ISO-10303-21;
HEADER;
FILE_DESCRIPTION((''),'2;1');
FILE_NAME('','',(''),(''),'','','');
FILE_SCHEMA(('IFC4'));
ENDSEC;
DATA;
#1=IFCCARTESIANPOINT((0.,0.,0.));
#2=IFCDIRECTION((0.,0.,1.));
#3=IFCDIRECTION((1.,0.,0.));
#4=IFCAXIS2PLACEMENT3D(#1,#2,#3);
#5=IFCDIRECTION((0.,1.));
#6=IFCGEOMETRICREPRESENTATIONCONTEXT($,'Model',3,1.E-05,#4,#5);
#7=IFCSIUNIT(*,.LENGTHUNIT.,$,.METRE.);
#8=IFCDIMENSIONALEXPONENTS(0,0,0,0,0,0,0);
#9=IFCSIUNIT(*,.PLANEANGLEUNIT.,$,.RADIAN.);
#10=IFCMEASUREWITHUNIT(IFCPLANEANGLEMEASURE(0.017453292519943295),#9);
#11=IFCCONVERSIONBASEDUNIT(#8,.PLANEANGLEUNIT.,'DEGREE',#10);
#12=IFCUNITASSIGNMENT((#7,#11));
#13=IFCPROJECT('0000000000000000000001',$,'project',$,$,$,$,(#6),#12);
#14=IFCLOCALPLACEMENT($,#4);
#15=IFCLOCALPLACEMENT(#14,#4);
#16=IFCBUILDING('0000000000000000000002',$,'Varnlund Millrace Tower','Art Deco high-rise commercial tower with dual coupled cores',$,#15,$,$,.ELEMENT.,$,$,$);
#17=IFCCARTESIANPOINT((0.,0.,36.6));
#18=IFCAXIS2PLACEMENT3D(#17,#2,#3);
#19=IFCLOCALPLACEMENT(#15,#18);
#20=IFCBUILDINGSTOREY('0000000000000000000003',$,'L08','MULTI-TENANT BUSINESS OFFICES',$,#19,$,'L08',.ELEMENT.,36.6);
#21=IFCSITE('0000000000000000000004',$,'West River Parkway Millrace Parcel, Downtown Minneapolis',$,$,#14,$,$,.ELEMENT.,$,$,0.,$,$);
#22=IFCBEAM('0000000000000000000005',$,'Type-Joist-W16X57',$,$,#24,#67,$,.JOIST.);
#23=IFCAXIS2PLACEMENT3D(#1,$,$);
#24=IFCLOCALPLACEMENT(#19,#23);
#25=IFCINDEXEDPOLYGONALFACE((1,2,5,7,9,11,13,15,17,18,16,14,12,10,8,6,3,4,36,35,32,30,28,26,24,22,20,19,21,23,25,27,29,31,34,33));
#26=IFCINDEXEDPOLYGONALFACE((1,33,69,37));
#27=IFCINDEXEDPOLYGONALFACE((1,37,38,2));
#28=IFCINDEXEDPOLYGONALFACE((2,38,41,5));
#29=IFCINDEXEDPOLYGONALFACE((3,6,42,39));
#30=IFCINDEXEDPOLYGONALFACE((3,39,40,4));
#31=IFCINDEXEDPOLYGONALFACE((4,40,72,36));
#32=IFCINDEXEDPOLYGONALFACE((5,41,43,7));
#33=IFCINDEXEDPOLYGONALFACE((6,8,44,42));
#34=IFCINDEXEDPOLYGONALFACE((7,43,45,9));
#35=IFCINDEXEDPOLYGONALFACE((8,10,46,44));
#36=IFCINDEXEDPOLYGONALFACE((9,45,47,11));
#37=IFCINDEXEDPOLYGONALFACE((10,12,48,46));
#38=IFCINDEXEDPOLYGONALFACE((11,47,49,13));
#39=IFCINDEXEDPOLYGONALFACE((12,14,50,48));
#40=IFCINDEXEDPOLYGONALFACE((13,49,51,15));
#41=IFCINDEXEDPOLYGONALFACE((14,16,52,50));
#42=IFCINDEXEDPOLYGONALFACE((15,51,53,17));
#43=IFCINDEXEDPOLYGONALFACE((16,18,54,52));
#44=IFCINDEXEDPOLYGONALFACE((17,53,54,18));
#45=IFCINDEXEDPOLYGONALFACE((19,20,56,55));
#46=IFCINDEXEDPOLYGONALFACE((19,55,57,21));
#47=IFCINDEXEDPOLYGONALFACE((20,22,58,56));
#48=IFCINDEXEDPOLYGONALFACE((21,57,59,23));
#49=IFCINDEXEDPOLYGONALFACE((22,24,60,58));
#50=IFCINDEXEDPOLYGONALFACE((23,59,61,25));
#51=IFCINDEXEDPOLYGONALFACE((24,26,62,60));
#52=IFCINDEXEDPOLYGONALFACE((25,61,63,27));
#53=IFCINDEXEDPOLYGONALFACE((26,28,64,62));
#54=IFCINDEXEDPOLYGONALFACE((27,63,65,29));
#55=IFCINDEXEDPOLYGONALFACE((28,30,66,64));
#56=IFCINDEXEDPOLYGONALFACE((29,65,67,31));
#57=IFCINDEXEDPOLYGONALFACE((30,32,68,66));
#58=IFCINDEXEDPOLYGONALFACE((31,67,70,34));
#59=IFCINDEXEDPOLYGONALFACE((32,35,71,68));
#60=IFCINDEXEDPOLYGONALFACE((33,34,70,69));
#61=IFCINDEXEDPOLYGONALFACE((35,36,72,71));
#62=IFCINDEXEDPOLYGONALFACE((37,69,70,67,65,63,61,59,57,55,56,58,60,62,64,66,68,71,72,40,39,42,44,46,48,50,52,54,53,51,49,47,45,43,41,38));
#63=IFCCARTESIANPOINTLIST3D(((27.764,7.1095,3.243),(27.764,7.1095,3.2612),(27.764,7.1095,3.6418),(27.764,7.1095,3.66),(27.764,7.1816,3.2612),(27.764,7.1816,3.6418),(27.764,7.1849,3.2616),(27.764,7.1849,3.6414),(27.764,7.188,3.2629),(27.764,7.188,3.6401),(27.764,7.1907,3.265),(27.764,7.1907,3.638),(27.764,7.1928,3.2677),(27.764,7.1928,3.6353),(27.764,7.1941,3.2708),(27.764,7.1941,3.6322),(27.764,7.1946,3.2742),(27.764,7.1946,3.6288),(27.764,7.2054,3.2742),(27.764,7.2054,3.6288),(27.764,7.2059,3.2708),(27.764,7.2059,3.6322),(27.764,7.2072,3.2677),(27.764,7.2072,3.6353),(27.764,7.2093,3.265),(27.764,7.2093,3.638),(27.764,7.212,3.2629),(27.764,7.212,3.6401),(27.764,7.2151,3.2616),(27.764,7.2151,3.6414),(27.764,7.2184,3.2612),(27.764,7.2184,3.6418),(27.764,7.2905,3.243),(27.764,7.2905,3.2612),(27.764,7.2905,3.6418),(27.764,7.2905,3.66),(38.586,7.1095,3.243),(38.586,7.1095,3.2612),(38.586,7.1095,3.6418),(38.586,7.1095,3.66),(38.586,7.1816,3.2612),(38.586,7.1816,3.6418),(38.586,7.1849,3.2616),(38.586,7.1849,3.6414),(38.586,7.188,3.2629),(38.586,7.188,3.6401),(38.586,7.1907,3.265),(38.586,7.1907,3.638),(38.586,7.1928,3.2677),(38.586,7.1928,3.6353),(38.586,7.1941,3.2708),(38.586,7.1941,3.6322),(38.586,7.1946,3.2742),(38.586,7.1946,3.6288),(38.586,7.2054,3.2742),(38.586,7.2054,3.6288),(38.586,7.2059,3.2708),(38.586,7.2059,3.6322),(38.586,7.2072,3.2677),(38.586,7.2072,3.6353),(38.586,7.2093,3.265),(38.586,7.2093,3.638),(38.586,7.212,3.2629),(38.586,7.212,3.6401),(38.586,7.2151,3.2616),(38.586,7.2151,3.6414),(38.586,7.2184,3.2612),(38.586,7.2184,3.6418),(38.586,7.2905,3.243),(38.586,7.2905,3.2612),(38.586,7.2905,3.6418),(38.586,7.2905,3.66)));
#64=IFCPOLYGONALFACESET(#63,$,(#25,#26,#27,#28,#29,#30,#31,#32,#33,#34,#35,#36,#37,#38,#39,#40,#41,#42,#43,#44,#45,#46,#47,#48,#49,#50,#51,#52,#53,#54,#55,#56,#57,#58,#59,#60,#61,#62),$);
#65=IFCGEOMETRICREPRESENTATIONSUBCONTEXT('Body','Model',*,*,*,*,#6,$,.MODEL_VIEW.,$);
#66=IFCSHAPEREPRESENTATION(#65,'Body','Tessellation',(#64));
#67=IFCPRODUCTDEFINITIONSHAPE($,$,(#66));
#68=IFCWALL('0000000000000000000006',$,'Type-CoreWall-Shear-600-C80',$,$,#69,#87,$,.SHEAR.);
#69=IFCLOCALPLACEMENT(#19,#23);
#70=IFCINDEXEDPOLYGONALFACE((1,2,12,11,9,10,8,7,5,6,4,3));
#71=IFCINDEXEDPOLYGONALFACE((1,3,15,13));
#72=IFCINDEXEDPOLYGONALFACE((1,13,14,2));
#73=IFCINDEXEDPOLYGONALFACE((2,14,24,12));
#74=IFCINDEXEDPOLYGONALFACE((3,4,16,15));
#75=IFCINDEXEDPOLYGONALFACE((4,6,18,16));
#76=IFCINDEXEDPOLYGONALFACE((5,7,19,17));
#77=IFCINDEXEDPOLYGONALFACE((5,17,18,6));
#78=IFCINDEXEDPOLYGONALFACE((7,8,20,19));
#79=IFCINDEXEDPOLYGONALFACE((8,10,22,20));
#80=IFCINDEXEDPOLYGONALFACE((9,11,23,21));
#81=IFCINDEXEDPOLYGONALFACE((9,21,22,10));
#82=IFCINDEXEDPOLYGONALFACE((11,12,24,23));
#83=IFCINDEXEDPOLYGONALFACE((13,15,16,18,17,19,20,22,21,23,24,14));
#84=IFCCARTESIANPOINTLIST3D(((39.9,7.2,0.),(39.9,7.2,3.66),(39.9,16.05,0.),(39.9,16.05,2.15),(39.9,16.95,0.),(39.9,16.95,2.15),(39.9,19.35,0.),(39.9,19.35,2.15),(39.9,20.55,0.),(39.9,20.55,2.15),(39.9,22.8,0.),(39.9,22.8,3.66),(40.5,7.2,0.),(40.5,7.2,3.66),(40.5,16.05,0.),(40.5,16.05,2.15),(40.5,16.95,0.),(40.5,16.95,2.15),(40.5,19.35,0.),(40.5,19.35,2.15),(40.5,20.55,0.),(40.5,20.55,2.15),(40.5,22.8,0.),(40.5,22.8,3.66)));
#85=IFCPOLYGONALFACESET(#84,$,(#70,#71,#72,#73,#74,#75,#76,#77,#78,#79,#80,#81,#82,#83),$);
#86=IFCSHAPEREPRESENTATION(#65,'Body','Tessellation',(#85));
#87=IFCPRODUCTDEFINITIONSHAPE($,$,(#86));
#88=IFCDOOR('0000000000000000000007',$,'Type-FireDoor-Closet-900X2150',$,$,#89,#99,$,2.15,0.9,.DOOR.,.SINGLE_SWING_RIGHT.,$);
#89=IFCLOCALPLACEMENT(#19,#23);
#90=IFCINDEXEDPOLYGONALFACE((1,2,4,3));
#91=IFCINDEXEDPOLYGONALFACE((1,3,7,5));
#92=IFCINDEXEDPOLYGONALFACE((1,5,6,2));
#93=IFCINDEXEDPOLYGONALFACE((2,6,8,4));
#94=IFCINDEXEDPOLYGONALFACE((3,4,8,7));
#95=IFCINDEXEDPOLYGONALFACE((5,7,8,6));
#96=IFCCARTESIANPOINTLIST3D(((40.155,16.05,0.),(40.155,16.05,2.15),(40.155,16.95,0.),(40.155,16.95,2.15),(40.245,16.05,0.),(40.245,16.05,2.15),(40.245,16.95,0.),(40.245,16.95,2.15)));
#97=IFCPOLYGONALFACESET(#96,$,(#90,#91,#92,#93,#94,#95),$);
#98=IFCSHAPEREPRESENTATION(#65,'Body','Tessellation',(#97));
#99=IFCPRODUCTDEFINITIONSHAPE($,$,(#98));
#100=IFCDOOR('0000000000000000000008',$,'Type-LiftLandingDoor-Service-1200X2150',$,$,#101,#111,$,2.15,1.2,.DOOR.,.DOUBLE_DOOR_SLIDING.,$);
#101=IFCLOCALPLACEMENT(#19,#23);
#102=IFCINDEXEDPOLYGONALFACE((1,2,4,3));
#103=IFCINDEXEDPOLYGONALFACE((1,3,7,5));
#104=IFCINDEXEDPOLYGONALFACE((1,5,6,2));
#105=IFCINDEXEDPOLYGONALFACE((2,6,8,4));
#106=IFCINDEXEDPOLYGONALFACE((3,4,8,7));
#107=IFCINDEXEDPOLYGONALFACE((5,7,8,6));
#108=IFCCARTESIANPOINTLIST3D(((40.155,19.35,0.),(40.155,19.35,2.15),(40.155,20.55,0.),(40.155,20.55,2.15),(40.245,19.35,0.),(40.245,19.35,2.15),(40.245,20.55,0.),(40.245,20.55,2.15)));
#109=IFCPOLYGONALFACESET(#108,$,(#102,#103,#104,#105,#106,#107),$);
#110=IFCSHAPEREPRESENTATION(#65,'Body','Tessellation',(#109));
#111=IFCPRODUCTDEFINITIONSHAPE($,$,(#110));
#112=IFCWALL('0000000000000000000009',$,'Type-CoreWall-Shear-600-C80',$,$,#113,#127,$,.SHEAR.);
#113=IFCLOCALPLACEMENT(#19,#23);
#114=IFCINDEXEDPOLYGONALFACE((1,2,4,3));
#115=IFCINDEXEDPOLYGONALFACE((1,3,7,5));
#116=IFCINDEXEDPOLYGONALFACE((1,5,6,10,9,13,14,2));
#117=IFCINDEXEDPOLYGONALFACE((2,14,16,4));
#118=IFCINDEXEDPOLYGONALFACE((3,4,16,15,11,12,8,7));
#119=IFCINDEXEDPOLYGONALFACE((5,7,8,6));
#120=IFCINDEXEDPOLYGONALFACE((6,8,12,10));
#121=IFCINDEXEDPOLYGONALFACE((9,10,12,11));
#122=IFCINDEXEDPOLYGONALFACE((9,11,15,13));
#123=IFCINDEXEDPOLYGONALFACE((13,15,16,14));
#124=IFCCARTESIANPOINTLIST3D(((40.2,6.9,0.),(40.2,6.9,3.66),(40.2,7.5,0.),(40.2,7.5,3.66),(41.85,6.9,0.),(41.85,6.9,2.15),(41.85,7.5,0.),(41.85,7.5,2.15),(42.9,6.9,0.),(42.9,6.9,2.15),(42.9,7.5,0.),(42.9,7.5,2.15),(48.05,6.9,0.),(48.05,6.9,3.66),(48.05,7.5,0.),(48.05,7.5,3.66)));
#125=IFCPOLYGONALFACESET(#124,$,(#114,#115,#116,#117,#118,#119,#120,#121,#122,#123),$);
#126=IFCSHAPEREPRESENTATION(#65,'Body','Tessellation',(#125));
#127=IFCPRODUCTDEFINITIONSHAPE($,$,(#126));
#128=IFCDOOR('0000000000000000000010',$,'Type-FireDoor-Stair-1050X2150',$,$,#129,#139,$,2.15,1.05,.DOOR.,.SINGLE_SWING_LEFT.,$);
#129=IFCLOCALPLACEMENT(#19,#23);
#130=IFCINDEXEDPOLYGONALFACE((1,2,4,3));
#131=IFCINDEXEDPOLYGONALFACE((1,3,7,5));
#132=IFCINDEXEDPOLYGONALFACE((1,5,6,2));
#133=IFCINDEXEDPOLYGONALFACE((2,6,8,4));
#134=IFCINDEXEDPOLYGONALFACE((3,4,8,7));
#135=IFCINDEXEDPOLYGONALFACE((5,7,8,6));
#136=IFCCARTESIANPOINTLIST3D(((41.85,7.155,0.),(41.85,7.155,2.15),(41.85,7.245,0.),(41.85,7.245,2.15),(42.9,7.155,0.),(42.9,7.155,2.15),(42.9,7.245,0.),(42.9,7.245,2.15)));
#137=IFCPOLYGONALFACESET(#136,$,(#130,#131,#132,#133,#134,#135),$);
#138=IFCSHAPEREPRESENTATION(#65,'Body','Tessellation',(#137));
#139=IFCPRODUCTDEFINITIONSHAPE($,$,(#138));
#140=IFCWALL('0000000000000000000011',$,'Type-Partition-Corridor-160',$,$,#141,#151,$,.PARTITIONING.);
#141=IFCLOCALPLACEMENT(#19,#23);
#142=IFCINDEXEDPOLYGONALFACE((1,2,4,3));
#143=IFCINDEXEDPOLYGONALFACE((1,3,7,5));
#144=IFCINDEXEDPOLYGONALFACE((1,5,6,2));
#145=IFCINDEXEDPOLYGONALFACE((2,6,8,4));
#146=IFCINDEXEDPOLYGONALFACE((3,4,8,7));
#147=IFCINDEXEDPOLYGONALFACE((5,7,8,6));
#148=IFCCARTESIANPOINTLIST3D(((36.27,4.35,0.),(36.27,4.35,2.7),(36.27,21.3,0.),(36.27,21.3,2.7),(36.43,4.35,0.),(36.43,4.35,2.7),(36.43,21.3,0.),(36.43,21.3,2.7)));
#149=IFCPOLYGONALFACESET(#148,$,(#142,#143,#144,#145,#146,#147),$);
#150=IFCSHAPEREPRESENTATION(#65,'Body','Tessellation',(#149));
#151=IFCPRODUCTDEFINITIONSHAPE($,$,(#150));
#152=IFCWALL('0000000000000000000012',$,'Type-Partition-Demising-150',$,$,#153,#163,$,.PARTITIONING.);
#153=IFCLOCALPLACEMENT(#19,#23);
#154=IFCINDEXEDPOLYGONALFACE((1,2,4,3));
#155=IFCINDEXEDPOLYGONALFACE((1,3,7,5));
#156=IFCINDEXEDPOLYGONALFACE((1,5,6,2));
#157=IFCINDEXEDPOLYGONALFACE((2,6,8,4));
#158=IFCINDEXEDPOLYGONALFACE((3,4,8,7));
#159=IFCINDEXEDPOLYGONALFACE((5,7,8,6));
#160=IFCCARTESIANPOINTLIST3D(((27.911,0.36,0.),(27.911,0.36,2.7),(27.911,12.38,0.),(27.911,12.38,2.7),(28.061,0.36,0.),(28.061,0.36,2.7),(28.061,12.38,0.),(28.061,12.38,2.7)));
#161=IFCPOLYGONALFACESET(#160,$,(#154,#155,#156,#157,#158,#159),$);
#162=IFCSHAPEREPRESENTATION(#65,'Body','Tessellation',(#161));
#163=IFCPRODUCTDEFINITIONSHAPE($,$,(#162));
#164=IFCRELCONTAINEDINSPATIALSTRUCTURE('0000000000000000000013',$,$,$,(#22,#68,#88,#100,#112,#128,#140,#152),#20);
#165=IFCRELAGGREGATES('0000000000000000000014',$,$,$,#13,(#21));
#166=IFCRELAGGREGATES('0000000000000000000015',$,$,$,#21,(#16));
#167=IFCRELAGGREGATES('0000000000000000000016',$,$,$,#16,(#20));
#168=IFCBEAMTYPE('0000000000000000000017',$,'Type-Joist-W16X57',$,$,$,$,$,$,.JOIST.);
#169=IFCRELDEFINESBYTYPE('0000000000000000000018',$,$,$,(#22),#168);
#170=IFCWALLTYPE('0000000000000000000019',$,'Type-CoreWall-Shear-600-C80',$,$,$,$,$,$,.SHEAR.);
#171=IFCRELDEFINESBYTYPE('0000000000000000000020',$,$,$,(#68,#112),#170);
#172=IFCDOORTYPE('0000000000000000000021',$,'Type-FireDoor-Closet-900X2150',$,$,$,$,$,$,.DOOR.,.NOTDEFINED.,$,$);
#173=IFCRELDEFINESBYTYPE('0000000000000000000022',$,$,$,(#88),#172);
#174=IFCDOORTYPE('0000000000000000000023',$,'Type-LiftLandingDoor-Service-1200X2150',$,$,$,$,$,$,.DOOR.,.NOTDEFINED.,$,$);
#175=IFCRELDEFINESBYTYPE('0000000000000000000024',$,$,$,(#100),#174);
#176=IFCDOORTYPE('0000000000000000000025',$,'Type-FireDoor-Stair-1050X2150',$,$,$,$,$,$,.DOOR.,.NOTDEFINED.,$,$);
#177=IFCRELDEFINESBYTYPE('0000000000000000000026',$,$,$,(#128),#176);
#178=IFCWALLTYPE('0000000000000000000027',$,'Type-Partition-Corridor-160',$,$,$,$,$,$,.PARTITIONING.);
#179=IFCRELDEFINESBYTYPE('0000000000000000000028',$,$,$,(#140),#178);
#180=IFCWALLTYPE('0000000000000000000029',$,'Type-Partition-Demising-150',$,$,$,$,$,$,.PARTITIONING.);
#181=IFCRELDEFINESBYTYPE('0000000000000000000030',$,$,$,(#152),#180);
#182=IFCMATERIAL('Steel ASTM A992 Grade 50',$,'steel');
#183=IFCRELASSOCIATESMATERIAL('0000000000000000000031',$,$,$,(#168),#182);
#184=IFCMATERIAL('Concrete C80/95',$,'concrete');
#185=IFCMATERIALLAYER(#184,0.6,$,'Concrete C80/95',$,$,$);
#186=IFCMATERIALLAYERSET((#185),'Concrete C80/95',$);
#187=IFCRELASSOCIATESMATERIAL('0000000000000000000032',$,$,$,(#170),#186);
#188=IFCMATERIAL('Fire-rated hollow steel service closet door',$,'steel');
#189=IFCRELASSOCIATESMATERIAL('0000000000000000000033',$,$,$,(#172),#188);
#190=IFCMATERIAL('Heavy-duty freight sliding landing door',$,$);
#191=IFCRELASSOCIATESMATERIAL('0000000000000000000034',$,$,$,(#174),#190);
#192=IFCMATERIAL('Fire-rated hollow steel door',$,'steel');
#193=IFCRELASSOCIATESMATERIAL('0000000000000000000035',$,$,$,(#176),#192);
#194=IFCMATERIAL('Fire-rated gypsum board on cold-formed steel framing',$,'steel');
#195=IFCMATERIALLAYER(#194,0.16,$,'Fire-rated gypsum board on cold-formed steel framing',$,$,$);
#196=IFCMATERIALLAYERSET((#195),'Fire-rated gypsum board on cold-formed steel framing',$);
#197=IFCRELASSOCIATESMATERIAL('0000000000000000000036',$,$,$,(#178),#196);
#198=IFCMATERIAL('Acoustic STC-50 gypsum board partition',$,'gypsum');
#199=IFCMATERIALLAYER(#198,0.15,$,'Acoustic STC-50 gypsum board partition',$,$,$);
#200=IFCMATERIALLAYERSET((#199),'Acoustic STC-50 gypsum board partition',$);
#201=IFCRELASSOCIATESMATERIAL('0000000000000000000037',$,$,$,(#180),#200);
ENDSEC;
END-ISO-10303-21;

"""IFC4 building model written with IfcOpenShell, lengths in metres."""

from ifc_helpers import new_model, entity, si_unit, converted_unit, direction, frame, origin_with_axes, origin_2d_with_axis, place, context, subcontext, project, spatial, polyline, rectangle, i_section, outline, extrude, material, layer, layer_set, material_profile, profile_set, type_object, element, fill, save


model = new_model("IFC4")

# Units and contexts
model_context = context("Model", 3, precision=1e-05, world=origin_with_axes(), true_north=direction((0.0, 1.0)))
body_context = subcontext(model_context, "Body", "Model", "MODEL_VIEW")
ifc_project = project(units=[si_unit("LENGTHUNIT", "METRE"), converted_unit("PLANEANGLEUNIT", "DEGREE", entity("IfcPlaneAngleMeasure", 0.017453292519943295), si_unit("PLANEANGLEUNIT", "RADIAN"), dimensions=[0, 0, 0, 0, 0, 0, 0])], contexts=[model_context])

# Site, building, storey
site_placement = place(None, origin_with_axes())
site = spatial("IfcSite", under=ifc_project, at=site_placement, Name="West River Parkway Millrace Parcel, Downtown Minneapolis", CompositionType="ELEMENT", RefElevation=0.0)
building_placement = place(site_placement, origin_with_axes())
building = spatial("IfcBuilding", under=site, at=building_placement, Name="Varnlund Millrace Tower", Description="Art Deco high-rise commercial tower with dual coupled cores", CompositionType="ELEMENT")
storey_placement = place(building_placement, frame((0.0, 0.0, 36.6), z_axis=(0.0, 0.0, 1.0), x_axis=(1.0, 0.0, 0.0)))
storey = spatial("IfcBuildingStorey", under=building, at=storey_placement, Name="L08", Description="MULTI-TENANT BUSINESS OFFICES", LongName="L08", CompositionType="ELEMENT", Elevation=36.6)

# Shared definitions
ifc_material_1 = material(Name="Concrete C80/95", Category="concrete")

# Beam
ifc_material_2 = material(Name="Steel ASTM A992 Grade 50", Category="steel")
ifc_material_profile_1 = material_profile(ifc_material_2, i_section(OverallWidth=0.181, OverallDepth=0.417, WebThickness=0.0109, FlangeThickness=0.0182, FilletRadius=0.013, at=origin_2d_with_axis()), Name="Steel ASTM A992 Grade 50")
ifc_profile_set_1 = profile_set([ifc_material_profile_1], Name="Steel ASTM A992 Grade 50")
beam_type_1 = type_object("IfcBeamType", Name="Type-Joist-W16X57", PredefinedType="JOIST", material=ifc_profile_set_1)
beam_1_placement = place(storey_placement, frame((27.764, 7.2, 3.4515), z_axis=(1.0, 0.0, 0.0), x_axis=(0.0, 1.0, 0.0)))
element("IfcBeam", 1, at=beam_1_placement, inside=storey, type_object=beam_type_1, Name="Type-Joist-W16X57", PredefinedType="JOIST", context=body_context, shape_type="SweptSolid", body=[
    extrude(i_section(OverallWidth=0.181, OverallDepth=0.417, WebThickness=0.0109, FlangeThickness=0.0182, FilletRadius=0.013, at=origin_2d_with_axis()), origin_with_axes(), (0.0, 0.0, 1.0), 10.822),
])

# Wall, openings, doors
ifc_layer_1 = layer(ifc_material_1, 0.6, Name="Concrete C80/95")
ifc_layer_set_1 = layer_set([ifc_layer_1], Name="Concrete C80/95")
wall_type_1 = type_object("IfcWallType", Name="Type-CoreWall-Shear-600-C80", PredefinedType="SHEAR", material=ifc_layer_set_1)
wall_1_placement = place(storey_placement, frame((40.2, 7.2, 0.0), z_axis=(0.0, 0.0, 1.0), x_axis=(0.0, 1.0, 0.0)))
wall_1 = element("IfcWall", 2, at=wall_1_placement, inside=storey, type_object=wall_type_1, Name="Type-CoreWall-Shear-600-C80", PredefinedType="SHEAR", context=body_context, shape_type="SweptSolid", body=[
    extrude(outline(polyline([(0.0, -0.3), (15.6, -0.3), (15.6, 0.3), (0.0, 0.3), (0.0, -0.3)])), origin_with_axes(), (0.0, 0.0, 1.0), 3.66),
])
opening_1_placement = place(wall_1_placement, frame((12.75, 0.0, 0.0), z_axis=(0.0, 0.0, 1.0), x_axis=(1.0, 0.0, 0.0)))
opening_1 = element("IfcOpeningElement", 3, at=opening_1_placement, cuts=wall_1, PredefinedType="OPENING", context=body_context, shape_type="SweptSolid", body=[
    extrude(rectangle(XDim=1.2, YDim=0.62, at=origin_2d_with_axis()), origin_with_axes(), (0.0, 0.0, 1.0), 2.15),
])
opening_2_placement = place(wall_1_placement, frame((9.3, 0.0, 0.0), z_axis=(0.0, 0.0, 1.0), x_axis=(1.0, 0.0, 0.0)))
opening_2 = element("IfcOpeningElement", 4, at=opening_2_placement, cuts=wall_1, PredefinedType="OPENING", context=body_context, shape_type="SweptSolid", body=[
    extrude(rectangle(XDim=0.9, YDim=0.62, at=origin_2d_with_axis()), origin_with_axes(), (0.0, 0.0, 1.0), 2.15),
])
ifc_material_3 = material(Name="Fire-rated hollow steel service closet door", Category="steel")
door_type_1 = type_object("IfcDoorType", Name="Type-FireDoor-Closet-900X2150", OperationType="NOTDEFINED", PredefinedType="DOOR", material=ifc_material_3)
door_1_placement = place(wall_1_placement, frame((9.3, 0.0, 0.0), z_axis=(0.0, 0.0, 1.0), x_axis=(1.0, 0.0, 0.0)))
door_1 = element("IfcDoor", 5, at=door_1_placement, inside=storey, type_object=door_type_1, Name="Type-FireDoor-Closet-900X2150", OperationType="SINGLE_SWING_RIGHT", OverallHeight=2.15, OverallWidth=0.9, PredefinedType="DOOR", context=body_context, shape_type="SweptSolid", body=[
    extrude(rectangle(XDim=0.9, YDim=0.09, at=origin_2d_with_axis()), origin_with_axes(), (0.0, 0.0, 1.0), 2.15),
])
fill(opening_2, door_1)
ifc_material_4 = material(Name="Heavy-duty freight sliding landing door")
door_type_2 = type_object("IfcDoorType", Name="Type-LiftLandingDoor-Service-1200X2150", OperationType="NOTDEFINED", PredefinedType="DOOR", material=ifc_material_4)
door_2_placement = place(wall_1_placement, frame((12.75, 0.0, 0.0), z_axis=(0.0, 0.0, 1.0), x_axis=(1.0, 0.0, 0.0)))
door_2 = element("IfcDoor", 6, at=door_2_placement, inside=storey, type_object=door_type_2, Name="Type-LiftLandingDoor-Service-1200X2150", OperationType="DOUBLE_DOOR_SLIDING", OverallHeight=2.15, OverallWidth=1.2, PredefinedType="DOOR", context=body_context, shape_type="SweptSolid", body=[
    extrude(rectangle(XDim=1.2, YDim=0.09, at=origin_2d_with_axis()), origin_with_axes(), (0.0, 0.0, 1.0), 2.15),
])
fill(opening_1, door_2)

# Wall, opening, door
wall_2_placement = place(storey_placement, frame((40.2, 7.2, 0.0), z_axis=(0.0, 0.0, 1.0), x_axis=(1.0, 0.0, 0.0)))
wall_2 = element("IfcWall", 7, at=wall_2_placement, inside=storey, type_object=wall_type_1, Name="Type-CoreWall-Shear-600-C80", PredefinedType="SHEAR", context=body_context, shape_type="SweptSolid", body=[
    extrude(outline(polyline([(0.0, -0.3), (7.85, -0.3), (7.85, 0.3), (0.0, 0.3), (0.0, -0.3)])), origin_with_axes(), (0.0, 0.0, 1.0), 3.66),
])
opening_3_placement = place(wall_2_placement, frame((2.175, 0.0, 0.0), z_axis=(0.0, 0.0, 1.0), x_axis=(1.0, 0.0, 0.0)))
opening_3 = element("IfcOpeningElement", 8, at=opening_3_placement, cuts=wall_2, PredefinedType="OPENING", context=body_context, shape_type="SweptSolid", body=[
    extrude(rectangle(XDim=1.05, YDim=0.62, at=origin_2d_with_axis()), origin_with_axes(), (0.0, 0.0, 1.0), 2.15),
])
ifc_material_5 = material(Name="Fire-rated hollow steel door", Category="steel")
door_type_3 = type_object("IfcDoorType", Name="Type-FireDoor-Stair-1050X2150", OperationType="NOTDEFINED", PredefinedType="DOOR", material=ifc_material_5)
door_3_placement = place(wall_2_placement, frame((2.175, 0.0, 0.0), z_axis=(0.0, 0.0, 1.0), x_axis=(1.0, 0.0, 0.0)))
door_3 = element("IfcDoor", 9, at=door_3_placement, inside=storey, type_object=door_type_3, Name="Type-FireDoor-Stair-1050X2150", OperationType="SINGLE_SWING_LEFT", OverallHeight=2.15, OverallWidth=1.05, PredefinedType="DOOR", context=body_context, shape_type="SweptSolid", body=[
    extrude(rectangle(XDim=1.05, YDim=0.09, at=origin_2d_with_axis()), origin_with_axes(), (0.0, 0.0, 1.0), 2.15),
])
fill(opening_3, door_3)

# Walls
ifc_material_6 = material(Name="Fire-rated gypsum board on cold-formed steel framing", Category="steel")
ifc_layer_2 = layer(ifc_material_6, 0.16, Name="Fire-rated gypsum board on cold-formed steel framing")
ifc_layer_set_2 = layer_set([ifc_layer_2], Name="Fire-rated gypsum board on cold-formed steel framing")
wall_type_2 = type_object("IfcWallType", Name="Type-Partition-Corridor-160", PredefinedType="PARTITIONING", material=ifc_layer_set_2)
wall_3_placement = place(storey_placement, frame((36.35, 4.35, 0.0), z_axis=(0.0, 0.0, 1.0), x_axis=(0.0, 1.0, 0.0)))
element("IfcWall", 10, at=wall_3_placement, inside=storey, type_object=wall_type_2, Name="Type-Partition-Corridor-160", PredefinedType="PARTITIONING", context=body_context, shape_type="SweptSolid", body=[
    extrude(outline(polyline([(0.0, -0.08), (16.95, -0.08), (16.95, 0.08), (0.0, 0.08), (0.0, -0.08)])), origin_with_axes(), (0.0, 0.0, 1.0), 2.7),
])
ifc_material_7 = material(Name="Acoustic STC-50 gypsum board partition", Category="gypsum")
ifc_layer_3 = layer(ifc_material_7, 0.15, Name="Acoustic STC-50 gypsum board partition")
ifc_layer_set_3 = layer_set([ifc_layer_3], Name="Acoustic STC-50 gypsum board partition")
wall_type_3 = type_object("IfcWallType", Name="Type-Partition-Demising-150", PredefinedType="PARTITIONING", material=ifc_layer_set_3)
wall_4_placement = place(storey_placement, frame((27.986, 0.36, 0.0), z_axis=(0.0, 0.0, 1.0), x_axis=(0.0, 1.0, 0.0)))
element("IfcWall", 11, at=wall_4_placement, inside=storey, type_object=wall_type_3, Name="Type-Partition-Demising-150", PredefinedType="PARTITIONING", context=body_context, shape_type="SweptSolid", body=[
    extrude(outline(polyline([(0.0, -0.075), (12.02, -0.075), (12.02, 0.075), (0.0, 0.075), (0.0, -0.075)])), origin_with_axes(), (0.0, 0.0, 1.0), 2.7),
])

save(model, "model.ifc")
